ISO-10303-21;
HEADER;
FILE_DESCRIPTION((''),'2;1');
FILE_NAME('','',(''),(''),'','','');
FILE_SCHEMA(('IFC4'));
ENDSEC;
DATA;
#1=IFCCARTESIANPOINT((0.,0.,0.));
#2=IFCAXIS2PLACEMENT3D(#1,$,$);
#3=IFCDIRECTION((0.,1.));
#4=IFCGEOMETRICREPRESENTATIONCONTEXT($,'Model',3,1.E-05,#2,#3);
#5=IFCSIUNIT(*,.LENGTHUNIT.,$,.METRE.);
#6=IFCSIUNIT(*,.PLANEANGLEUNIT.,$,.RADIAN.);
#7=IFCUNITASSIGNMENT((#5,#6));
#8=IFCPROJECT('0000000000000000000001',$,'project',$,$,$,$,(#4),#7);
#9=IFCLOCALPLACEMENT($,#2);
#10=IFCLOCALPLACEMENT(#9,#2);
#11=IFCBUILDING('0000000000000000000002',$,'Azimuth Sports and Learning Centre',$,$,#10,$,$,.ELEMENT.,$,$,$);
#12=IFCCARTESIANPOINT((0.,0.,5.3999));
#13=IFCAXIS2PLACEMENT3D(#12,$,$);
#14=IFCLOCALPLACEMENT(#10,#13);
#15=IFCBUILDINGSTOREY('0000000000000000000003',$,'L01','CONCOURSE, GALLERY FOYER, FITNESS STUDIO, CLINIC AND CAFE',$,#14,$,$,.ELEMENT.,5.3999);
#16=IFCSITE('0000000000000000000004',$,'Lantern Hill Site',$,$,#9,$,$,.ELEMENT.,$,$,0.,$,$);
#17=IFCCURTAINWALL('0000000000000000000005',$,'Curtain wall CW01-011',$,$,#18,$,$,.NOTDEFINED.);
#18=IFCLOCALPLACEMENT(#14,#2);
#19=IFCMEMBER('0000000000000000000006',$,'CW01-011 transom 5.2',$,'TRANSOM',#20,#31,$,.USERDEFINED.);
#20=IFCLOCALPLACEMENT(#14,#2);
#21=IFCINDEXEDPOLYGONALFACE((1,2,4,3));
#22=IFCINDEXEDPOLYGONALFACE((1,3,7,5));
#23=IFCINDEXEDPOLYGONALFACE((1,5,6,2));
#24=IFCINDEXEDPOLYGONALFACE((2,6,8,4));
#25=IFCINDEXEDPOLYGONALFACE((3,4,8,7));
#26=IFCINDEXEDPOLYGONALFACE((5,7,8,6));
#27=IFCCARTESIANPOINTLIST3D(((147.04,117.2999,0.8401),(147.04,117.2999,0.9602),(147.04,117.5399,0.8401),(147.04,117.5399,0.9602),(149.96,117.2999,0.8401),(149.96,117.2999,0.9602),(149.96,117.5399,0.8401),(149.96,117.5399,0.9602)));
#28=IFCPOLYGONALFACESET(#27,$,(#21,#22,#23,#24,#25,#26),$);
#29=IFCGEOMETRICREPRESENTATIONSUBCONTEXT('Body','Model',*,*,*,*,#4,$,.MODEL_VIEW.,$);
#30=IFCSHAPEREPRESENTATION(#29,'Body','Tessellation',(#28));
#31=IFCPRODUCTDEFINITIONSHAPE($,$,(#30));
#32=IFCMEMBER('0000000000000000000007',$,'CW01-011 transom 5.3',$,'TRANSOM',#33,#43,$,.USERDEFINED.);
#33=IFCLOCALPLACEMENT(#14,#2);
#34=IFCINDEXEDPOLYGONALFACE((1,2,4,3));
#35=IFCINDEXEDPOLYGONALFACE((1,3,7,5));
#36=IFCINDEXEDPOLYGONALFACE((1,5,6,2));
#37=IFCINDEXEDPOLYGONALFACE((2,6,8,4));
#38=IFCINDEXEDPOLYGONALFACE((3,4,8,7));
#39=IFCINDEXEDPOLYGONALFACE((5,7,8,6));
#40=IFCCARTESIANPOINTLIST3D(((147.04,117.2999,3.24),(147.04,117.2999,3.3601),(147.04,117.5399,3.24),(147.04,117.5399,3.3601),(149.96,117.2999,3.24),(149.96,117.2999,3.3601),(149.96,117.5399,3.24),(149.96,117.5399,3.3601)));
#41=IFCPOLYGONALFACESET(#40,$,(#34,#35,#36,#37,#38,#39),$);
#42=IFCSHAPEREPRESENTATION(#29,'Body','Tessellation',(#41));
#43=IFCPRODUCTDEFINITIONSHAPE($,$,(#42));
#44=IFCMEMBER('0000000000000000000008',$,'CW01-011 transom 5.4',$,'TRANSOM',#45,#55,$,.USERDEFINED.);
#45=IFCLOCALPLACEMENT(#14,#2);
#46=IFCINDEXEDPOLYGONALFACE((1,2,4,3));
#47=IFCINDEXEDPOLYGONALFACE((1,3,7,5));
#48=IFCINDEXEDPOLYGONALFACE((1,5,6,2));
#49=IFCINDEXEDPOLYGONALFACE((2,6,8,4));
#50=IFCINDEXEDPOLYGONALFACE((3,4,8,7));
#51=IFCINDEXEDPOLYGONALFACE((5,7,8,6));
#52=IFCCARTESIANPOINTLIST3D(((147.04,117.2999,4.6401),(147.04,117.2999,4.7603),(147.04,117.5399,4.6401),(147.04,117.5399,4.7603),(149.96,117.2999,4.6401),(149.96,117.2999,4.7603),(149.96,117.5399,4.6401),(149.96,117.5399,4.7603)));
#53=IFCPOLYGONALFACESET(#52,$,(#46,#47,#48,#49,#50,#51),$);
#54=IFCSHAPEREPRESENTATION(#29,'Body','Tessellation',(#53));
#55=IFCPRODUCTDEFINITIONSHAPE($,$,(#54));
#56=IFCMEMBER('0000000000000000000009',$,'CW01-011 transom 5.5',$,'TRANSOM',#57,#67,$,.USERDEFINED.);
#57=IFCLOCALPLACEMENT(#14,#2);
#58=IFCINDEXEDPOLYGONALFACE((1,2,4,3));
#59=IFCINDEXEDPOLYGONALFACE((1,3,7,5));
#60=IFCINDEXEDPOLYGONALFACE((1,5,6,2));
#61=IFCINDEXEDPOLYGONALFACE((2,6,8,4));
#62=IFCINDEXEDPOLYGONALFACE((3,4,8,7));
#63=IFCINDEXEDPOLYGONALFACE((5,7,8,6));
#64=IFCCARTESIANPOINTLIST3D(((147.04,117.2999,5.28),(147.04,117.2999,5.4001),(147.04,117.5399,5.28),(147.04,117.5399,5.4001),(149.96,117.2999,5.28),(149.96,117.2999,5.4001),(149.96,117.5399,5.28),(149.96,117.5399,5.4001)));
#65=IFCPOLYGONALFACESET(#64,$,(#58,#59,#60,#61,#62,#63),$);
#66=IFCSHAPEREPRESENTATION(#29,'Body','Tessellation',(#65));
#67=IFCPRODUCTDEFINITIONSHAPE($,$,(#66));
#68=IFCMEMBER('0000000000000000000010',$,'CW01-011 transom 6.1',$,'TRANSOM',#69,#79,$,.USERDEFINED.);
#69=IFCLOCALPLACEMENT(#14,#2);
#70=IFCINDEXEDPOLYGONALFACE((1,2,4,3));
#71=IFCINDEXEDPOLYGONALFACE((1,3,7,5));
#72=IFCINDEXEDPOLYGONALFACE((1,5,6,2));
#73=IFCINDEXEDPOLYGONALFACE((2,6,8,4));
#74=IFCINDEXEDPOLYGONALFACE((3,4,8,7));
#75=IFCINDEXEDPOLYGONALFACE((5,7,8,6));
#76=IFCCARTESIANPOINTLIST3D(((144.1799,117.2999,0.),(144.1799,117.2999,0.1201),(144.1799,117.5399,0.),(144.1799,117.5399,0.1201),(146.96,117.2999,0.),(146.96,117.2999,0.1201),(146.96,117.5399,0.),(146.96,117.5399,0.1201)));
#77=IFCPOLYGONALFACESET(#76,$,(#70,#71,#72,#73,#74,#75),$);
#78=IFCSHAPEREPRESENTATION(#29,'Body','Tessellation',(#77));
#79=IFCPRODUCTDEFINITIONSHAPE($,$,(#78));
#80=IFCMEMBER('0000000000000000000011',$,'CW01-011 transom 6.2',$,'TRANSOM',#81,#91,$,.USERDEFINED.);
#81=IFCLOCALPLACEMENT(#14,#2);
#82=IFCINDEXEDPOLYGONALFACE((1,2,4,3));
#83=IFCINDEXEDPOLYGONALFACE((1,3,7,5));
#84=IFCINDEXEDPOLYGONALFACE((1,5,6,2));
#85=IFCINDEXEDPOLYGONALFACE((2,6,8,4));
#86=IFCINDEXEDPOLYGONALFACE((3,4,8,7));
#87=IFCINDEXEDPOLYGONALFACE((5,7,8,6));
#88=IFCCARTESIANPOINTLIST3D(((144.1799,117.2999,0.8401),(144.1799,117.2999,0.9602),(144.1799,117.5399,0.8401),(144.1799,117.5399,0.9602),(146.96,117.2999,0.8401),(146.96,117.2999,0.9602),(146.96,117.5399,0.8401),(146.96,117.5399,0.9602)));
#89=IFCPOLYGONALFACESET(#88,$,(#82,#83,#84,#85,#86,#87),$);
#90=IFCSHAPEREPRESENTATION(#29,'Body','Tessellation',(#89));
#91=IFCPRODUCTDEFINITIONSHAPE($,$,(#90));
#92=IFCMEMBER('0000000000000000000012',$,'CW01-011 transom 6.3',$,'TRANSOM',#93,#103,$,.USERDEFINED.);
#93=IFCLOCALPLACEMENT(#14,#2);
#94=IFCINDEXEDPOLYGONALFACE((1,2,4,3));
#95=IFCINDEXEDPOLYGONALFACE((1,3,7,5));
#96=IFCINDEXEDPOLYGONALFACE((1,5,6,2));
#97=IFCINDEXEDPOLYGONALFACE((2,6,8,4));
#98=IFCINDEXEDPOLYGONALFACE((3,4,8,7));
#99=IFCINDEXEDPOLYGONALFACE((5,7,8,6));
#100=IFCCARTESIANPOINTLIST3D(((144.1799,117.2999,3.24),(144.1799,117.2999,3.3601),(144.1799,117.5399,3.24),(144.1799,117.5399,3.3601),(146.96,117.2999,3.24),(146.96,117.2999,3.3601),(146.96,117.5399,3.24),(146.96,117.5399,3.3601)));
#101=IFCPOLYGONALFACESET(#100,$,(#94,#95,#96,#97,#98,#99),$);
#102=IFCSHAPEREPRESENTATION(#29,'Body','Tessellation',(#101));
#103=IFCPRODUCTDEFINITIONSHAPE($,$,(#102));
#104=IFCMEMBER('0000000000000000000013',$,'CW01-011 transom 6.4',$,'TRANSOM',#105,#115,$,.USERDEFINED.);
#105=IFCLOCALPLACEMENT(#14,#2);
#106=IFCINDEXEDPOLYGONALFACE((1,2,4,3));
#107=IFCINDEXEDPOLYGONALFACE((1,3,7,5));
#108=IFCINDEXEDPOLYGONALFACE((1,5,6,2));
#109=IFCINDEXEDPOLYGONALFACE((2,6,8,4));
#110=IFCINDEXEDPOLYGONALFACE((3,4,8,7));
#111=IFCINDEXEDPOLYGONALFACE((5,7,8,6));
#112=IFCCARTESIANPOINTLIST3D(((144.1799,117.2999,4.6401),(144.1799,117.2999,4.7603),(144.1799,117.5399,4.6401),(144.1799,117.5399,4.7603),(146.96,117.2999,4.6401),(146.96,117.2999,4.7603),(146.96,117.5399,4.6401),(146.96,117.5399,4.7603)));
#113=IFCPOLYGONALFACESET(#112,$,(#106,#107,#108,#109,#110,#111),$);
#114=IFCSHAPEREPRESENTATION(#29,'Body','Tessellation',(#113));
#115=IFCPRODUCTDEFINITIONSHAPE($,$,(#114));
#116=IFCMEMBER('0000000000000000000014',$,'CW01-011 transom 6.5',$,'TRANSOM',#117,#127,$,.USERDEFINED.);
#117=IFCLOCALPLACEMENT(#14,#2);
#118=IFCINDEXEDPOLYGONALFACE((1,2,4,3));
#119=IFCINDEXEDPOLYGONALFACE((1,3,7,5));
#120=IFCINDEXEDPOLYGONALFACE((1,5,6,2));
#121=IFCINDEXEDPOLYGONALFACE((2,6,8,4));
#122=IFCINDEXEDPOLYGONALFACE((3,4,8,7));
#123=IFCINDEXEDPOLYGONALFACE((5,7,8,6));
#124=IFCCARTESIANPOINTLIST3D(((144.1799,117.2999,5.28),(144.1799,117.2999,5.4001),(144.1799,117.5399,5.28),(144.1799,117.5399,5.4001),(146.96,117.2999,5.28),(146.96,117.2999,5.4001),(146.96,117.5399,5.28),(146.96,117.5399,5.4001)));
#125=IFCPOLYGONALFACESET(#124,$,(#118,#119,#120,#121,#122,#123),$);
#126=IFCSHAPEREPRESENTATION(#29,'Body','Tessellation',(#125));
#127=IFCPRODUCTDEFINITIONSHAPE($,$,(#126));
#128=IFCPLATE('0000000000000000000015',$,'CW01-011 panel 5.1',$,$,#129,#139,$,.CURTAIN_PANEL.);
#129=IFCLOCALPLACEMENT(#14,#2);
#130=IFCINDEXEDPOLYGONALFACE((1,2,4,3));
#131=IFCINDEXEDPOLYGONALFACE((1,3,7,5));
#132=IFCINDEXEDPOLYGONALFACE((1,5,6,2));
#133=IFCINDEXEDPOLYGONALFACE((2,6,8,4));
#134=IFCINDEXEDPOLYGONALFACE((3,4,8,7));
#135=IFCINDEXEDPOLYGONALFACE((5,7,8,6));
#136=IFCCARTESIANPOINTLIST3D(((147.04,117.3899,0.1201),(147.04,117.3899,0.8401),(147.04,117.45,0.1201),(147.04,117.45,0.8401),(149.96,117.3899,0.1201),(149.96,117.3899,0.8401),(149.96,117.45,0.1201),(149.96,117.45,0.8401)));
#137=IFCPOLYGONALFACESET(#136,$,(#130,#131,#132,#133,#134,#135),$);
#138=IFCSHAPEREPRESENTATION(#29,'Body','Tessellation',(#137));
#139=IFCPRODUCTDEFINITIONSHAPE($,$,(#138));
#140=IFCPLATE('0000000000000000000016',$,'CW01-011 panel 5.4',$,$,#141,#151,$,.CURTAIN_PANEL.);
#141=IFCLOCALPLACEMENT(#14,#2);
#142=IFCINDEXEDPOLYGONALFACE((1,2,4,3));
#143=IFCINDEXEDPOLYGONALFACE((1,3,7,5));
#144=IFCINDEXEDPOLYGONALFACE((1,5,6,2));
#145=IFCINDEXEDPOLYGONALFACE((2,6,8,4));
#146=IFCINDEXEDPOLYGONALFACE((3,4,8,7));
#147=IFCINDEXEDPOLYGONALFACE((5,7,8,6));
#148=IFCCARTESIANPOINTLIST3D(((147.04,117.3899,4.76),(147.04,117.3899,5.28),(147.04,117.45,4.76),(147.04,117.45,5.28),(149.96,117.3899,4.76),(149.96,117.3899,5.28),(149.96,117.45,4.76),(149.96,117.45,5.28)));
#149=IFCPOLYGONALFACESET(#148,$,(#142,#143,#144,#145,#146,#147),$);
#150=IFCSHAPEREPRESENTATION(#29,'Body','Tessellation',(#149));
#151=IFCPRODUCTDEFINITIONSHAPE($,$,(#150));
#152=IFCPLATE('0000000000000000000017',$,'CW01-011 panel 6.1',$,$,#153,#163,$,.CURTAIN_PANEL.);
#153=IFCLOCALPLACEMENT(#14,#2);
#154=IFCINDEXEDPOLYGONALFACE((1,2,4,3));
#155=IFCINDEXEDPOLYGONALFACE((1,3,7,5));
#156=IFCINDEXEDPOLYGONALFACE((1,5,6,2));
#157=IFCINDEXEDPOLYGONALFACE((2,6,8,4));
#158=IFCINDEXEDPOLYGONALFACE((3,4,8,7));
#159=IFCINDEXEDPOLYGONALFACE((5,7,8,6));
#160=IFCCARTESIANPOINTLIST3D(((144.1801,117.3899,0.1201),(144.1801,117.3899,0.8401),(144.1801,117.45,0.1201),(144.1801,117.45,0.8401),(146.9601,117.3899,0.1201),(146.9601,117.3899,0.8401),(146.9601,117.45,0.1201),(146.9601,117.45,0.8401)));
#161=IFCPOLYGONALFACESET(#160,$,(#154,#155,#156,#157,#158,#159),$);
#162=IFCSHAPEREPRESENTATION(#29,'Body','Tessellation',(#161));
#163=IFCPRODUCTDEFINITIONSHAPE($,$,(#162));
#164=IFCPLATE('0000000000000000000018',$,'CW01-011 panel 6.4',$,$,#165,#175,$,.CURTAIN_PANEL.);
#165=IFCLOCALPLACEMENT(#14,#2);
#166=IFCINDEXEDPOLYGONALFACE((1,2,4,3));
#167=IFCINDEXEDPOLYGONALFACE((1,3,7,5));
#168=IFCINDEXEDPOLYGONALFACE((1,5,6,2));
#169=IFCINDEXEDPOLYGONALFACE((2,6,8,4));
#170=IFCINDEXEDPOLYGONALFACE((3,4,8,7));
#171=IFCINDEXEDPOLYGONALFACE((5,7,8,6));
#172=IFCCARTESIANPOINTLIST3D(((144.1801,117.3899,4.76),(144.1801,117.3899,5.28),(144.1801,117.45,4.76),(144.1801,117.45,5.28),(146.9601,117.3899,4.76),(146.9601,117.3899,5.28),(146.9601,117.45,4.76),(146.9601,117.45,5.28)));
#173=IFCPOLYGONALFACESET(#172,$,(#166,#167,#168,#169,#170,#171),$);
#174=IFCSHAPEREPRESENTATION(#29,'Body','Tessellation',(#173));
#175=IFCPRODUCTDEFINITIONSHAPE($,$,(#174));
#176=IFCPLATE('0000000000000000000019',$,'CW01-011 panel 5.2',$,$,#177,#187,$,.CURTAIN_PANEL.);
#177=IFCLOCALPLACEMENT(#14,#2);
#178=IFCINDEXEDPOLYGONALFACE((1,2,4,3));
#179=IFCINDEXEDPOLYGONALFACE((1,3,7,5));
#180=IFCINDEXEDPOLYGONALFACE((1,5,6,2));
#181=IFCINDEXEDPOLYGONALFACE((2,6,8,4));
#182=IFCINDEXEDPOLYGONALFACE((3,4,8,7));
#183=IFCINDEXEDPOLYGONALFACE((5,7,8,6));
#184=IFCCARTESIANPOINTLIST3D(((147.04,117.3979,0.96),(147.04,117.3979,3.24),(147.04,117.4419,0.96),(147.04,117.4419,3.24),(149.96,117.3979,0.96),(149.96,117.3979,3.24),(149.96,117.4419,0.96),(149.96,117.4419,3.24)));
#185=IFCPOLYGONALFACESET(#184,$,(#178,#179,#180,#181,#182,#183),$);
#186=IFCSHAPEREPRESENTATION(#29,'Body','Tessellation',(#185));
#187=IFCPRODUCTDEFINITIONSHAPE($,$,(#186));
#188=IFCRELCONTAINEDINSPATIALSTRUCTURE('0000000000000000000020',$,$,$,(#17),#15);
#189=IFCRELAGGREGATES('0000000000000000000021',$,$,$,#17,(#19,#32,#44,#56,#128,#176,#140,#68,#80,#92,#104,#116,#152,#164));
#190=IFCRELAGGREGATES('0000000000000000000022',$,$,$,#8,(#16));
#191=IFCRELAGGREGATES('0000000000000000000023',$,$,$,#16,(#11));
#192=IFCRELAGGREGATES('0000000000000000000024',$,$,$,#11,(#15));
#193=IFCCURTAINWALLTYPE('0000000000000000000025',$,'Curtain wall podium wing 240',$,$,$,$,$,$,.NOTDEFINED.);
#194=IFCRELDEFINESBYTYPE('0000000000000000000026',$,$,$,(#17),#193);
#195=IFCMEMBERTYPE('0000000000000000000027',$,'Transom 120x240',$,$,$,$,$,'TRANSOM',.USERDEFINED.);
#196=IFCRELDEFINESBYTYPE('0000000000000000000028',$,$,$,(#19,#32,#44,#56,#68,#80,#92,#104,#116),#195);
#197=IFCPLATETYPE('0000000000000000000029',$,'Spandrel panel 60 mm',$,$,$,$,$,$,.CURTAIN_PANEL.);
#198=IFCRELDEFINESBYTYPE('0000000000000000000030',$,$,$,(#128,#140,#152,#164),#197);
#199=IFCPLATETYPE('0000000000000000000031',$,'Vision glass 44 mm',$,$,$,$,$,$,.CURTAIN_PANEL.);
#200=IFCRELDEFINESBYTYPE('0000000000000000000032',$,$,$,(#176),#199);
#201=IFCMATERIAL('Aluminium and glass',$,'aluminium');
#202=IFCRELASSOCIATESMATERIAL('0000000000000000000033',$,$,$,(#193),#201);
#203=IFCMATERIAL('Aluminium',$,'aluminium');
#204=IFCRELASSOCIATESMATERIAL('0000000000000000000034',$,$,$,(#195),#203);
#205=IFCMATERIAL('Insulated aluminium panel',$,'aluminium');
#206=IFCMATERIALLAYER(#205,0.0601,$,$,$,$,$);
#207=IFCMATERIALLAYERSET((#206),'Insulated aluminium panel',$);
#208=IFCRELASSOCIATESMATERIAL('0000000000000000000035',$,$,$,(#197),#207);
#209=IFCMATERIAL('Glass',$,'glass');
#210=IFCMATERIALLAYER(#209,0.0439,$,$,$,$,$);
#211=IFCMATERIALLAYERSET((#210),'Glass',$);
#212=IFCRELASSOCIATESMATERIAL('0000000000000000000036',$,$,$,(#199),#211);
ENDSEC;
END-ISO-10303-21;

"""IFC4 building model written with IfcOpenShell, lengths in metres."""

from ifc_helpers import new_model, si_unit, direction, frame, origin, origin_2d, place, context, subcontext, project, spatial, rectangle, extrude, material, layer, layer_set, material_profile, profile_set, type_object, element, aggregate, save


model = new_model("IFC4")

# Units and contexts
model_context = context("Model", 3, precision=1e-05, world=origin(), true_north=direction((0.0, 1.0)))
body_context = subcontext(model_context, "Body", "Model", "MODEL_VIEW")
ifc_project = project(units=[si_unit("LENGTHUNIT", "METRE"), si_unit("PLANEANGLEUNIT", "RADIAN")], contexts=[model_context])

# Site, building, storey
site_placement = place(None, origin())
site = spatial("IfcSite", under=ifc_project, at=site_placement, Name="Lantern Hill Site", CompositionType="ELEMENT", RefElevation=0.0)
building_placement = place(site_placement, origin())
building = spatial("IfcBuilding", under=site, at=building_placement, Name="Azimuth Sports and Learning Centre", CompositionType="ELEMENT")
storey_placement = place(building_placement, frame((0.0, 0.0, 5.3999)))
storey = spatial("IfcBuildingStorey", under=building, at=storey_placement, Name="L01", Description="CONCOURSE, GALLERY FOYER, FITNESS STUDIO, CLINIC AND CAFE", CompositionType="ELEMENT", Elevation=5.3999)

# Curtain wall, members, plates
ifc_material_1 = material(Name="Aluminium and glass", Category="aluminium")
curtain_wall_type = type_object("IfcCurtainWallType", Name="Curtain wall podium wing 240", PredefinedType="NOTDEFINED", material=ifc_material_1)
curtain_wall_placement = place(storey_placement, origin())
curtain_wall = element("IfcCurtainWall", 1, at=curtain_wall_placement, inside=storey, type_object=curtain_wall_type, Name="Curtain wall CW01-011", PredefinedType="NOTDEFINED")
ifc_material_2 = material(Name="Aluminium", Category="aluminium")
ifc_material_profile_1 = material_profile(ifc_material_2, rectangle(XDim=0.24, YDim=0.1201, at=origin_2d()), Name="Transom 120x240")
ifc_profile_set_1 = profile_set([ifc_material_profile_1], Name="Aluminium")
member_type_1 = type_object("IfcMemberType", Name="Transom 120x240", ElementType="TRANSOM", PredefinedType="USERDEFINED", material=ifc_profile_set_1)
member_1_placement = place(storey_placement, frame((149.96, 117.4199, 0.9001), z_axis=(-1.0, 0.0, 0.0), x_axis=(0.0, -1.0, 0.0)))
member_1 = element("IfcMember", 2, at=member_1_placement, type_object=member_type_1, Name="CW01-011 transom 5.2", ObjectType="TRANSOM", PredefinedType="USERDEFINED", context=body_context, shape_type="SweptSolid", body=[
    extrude(rectangle(XDim=0.24, YDim=0.1201, at=origin_2d()), origin(), (0.0, 0.0, 1.0), 2.9199),
])
member_2_placement = place(storey_placement, frame((149.96, 117.4199, 3.3), z_axis=(-1.0, 0.0, 0.0), x_axis=(0.0, -1.0, 0.0)))
member_2 = element("IfcMember", 3, at=member_2_placement, type_object=member_type_1, Name="CW01-011 transom 5.3", ObjectType="TRANSOM", PredefinedType="USERDEFINED", context=body_context, shape_type="SweptSolid", body=[
    extrude(rectangle(XDim=0.24, YDim=0.1201, at=origin_2d()), origin(), (0.0, 0.0, 1.0), 2.9199),
])
member_3_placement = place(storey_placement, frame((149.96, 117.4199, 4.7002), z_axis=(-1.0, 0.0, 0.0), x_axis=(0.0, -1.0, 0.0)))
member_3 = element("IfcMember", 4, at=member_3_placement, type_object=member_type_1, Name="CW01-011 transom 5.4", ObjectType="TRANSOM", PredefinedType="USERDEFINED", context=body_context, shape_type="SweptSolid", body=[
    extrude(rectangle(XDim=0.24, YDim=0.1201, at=origin_2d()), origin(), (0.0, 0.0, 1.0), 2.9199),
])
member_4_placement = place(storey_placement, frame((149.96, 117.4199, 5.3401), z_axis=(-1.0, 0.0, 0.0), x_axis=(0.0, -1.0, 0.0)))
member_4 = element("IfcMember", 5, at=member_4_placement, type_object=member_type_1, Name="CW01-011 transom 5.5", ObjectType="TRANSOM", PredefinedType="USERDEFINED", context=body_context, shape_type="SweptSolid", body=[
    extrude(rectangle(XDim=0.24, YDim=0.1201, at=origin_2d()), origin(), (0.0, 0.0, 1.0), 2.9199),
])
member_5_placement = place(storey_placement, frame((146.96, 117.4199, 0.0601), z_axis=(-1.0, 0.0, 0.0), x_axis=(0.0, -1.0, 0.0)))
member_5 = element("IfcMember", 6, at=member_5_placement, type_object=member_type_1, Name="CW01-011 transom 6.1", ObjectType="TRANSOM", PredefinedType="USERDEFINED", context=body_context, shape_type="SweptSolid", body=[
    extrude(rectangle(XDim=0.24, YDim=0.1201, at=origin_2d()), origin(), (0.0, 0.0, 1.0), 2.78),
])
member_6_placement = place(storey_placement, frame((146.96, 117.4199, 0.9001), z_axis=(-1.0, 0.0, 0.0), x_axis=(0.0, -1.0, 0.0)))
member_6 = element("IfcMember", 7, at=member_6_placement, type_object=member_type_1, Name="CW01-011 transom 6.2", ObjectType="TRANSOM", PredefinedType="USERDEFINED", context=body_context, shape_type="SweptSolid", body=[
    extrude(rectangle(XDim=0.24, YDim=0.1201, at=origin_2d()), origin(), (0.0, 0.0, 1.0), 2.78),
])
member_7_placement = place(storey_placement, frame((146.96, 117.4199, 3.3), z_axis=(-1.0, 0.0, 0.0), x_axis=(0.0, -1.0, 0.0)))
member_7 = element("IfcMember", 8, at=member_7_placement, type_object=member_type_1, Name="CW01-011 transom 6.3", ObjectType="TRANSOM", PredefinedType="USERDEFINED", context=body_context, shape_type="SweptSolid", body=[
    extrude(rectangle(XDim=0.24, YDim=0.1201, at=origin_2d()), origin(), (0.0, 0.0, 1.0), 2.78),
])
member_8_placement = place(storey_placement, frame((146.96, 117.4199, 4.7002), z_axis=(-1.0, 0.0, 0.0), x_axis=(0.0, -1.0, 0.0)))
member_8 = element("IfcMember", 9, at=member_8_placement, type_object=member_type_1, Name="CW01-011 transom 6.4", ObjectType="TRANSOM", PredefinedType="USERDEFINED", context=body_context, shape_type="SweptSolid", body=[
    extrude(rectangle(XDim=0.24, YDim=0.1201, at=origin_2d()), origin(), (0.0, 0.0, 1.0), 2.78),
])
member_9_placement = place(storey_placement, frame((146.96, 117.4199, 5.3401), z_axis=(-1.0, 0.0, 0.0), x_axis=(0.0, -1.0, 0.0)))
member_9 = element("IfcMember", 10, at=member_9_placement, type_object=member_type_1, Name="CW01-011 transom 6.5", ObjectType="TRANSOM", PredefinedType="USERDEFINED", context=body_context, shape_type="SweptSolid", body=[
    extrude(rectangle(XDim=0.24, YDim=0.1201, at=origin_2d()), origin(), (0.0, 0.0, 1.0), 2.78),
])
ifc_material_3 = material(Name="Insulated aluminium panel", Category="aluminium")
ifc_layer_1 = layer(ifc_material_3, 0.0601)
ifc_layer_set_1 = layer_set([ifc_layer_1], Name="Insulated aluminium panel")
plate_type_1 = type_object("IfcPlateType", Name="Spandrel panel 60 mm", PredefinedType="CURTAIN_PANEL", material=ifc_layer_set_1)
plate_1_placement = place(storey_placement, frame((148.5, 117.4199, 0.1201), z_axis=(0.0, 0.0, 1.0), x_axis=(-1.0, 0.0, 0.0)))
plate_1 = element("IfcPlate", 11, at=plate_1_placement, type_object=plate_type_1, Name="CW01-011 panel 5.1", PredefinedType="CURTAIN_PANEL", context=body_context, shape_type="SweptSolid", body=[
    extrude(rectangle(XDim=2.9199, YDim=0.0601, at=origin_2d()), origin(), (0.0, 0.0, 1.0), 0.72),
])
plate_2_placement = place(storey_placement, frame((148.5, 117.4199, 4.76), z_axis=(0.0, 0.0, 1.0), x_axis=(-1.0, 0.0, 0.0)))
plate_2 = element("IfcPlate", 12, at=plate_2_placement, type_object=plate_type_1, Name="CW01-011 panel 5.4", PredefinedType="CURTAIN_PANEL", context=body_context, shape_type="SweptSolid", body=[
    extrude(rectangle(XDim=2.9199, YDim=0.0601, at=origin_2d()), origin(), (0.0, 0.0, 1.0), 0.52),
])
plate_3_placement = place(storey_placement, frame((145.5701, 117.4199, 0.1201), z_axis=(0.0, 0.0, 1.0), x_axis=(-1.0, 0.0, 0.0)))
plate_3 = element("IfcPlate", 13, at=plate_3_placement, type_object=plate_type_1, Name="CW01-011 panel 6.1", PredefinedType="CURTAIN_PANEL", context=body_context, shape_type="SweptSolid", body=[
    extrude(rectangle(XDim=2.78, YDim=0.0601, at=origin_2d()), origin(), (0.0, 0.0, 1.0), 0.72),
])
plate_4_placement = place(storey_placement, frame((145.5701, 117.4199, 4.76), z_axis=(0.0, 0.0, 1.0), x_axis=(-1.0, 0.0, 0.0)))
plate_4 = element("IfcPlate", 14, at=plate_4_placement, type_object=plate_type_1, Name="CW01-011 panel 6.4", PredefinedType="CURTAIN_PANEL", context=body_context, shape_type="SweptSolid", body=[
    extrude(rectangle(XDim=2.78, YDim=0.0601, at=origin_2d()), origin(), (0.0, 0.0, 1.0), 0.52),
])
ifc_material_4 = material(Name="Glass", Category="glass")
ifc_layer_2 = layer(ifc_material_4, 0.0439)
ifc_layer_set_2 = layer_set([ifc_layer_2], Name="Glass")
plate_type_2 = type_object("IfcPlateType", Name="Vision glass 44 mm", PredefinedType="CURTAIN_PANEL", material=ifc_layer_set_2)
plate_5_placement = place(storey_placement, frame((148.5, 117.4199, 0.96), z_axis=(0.0, 0.0, 1.0), x_axis=(-1.0, 0.0, 0.0)))
plate_5 = element("IfcPlate", 15, at=plate_5_placement, type_object=plate_type_2, Name="CW01-011 panel 5.2", PredefinedType="CURTAIN_PANEL", context=body_context, shape_type="SweptSolid", body=[
    extrude(rectangle(XDim=2.9199, YDim=0.0439, at=origin_2d()), origin(), (0.0, 0.0, 1.0), 2.28),
])
aggregate(curtain_wall, [member_1, member_2, member_3, member_4, plate_1, plate_5, plate_2, member_5, member_6, member_7, member_8, member_9, plate_3, plate_4])

save(model, "model.ifc")
